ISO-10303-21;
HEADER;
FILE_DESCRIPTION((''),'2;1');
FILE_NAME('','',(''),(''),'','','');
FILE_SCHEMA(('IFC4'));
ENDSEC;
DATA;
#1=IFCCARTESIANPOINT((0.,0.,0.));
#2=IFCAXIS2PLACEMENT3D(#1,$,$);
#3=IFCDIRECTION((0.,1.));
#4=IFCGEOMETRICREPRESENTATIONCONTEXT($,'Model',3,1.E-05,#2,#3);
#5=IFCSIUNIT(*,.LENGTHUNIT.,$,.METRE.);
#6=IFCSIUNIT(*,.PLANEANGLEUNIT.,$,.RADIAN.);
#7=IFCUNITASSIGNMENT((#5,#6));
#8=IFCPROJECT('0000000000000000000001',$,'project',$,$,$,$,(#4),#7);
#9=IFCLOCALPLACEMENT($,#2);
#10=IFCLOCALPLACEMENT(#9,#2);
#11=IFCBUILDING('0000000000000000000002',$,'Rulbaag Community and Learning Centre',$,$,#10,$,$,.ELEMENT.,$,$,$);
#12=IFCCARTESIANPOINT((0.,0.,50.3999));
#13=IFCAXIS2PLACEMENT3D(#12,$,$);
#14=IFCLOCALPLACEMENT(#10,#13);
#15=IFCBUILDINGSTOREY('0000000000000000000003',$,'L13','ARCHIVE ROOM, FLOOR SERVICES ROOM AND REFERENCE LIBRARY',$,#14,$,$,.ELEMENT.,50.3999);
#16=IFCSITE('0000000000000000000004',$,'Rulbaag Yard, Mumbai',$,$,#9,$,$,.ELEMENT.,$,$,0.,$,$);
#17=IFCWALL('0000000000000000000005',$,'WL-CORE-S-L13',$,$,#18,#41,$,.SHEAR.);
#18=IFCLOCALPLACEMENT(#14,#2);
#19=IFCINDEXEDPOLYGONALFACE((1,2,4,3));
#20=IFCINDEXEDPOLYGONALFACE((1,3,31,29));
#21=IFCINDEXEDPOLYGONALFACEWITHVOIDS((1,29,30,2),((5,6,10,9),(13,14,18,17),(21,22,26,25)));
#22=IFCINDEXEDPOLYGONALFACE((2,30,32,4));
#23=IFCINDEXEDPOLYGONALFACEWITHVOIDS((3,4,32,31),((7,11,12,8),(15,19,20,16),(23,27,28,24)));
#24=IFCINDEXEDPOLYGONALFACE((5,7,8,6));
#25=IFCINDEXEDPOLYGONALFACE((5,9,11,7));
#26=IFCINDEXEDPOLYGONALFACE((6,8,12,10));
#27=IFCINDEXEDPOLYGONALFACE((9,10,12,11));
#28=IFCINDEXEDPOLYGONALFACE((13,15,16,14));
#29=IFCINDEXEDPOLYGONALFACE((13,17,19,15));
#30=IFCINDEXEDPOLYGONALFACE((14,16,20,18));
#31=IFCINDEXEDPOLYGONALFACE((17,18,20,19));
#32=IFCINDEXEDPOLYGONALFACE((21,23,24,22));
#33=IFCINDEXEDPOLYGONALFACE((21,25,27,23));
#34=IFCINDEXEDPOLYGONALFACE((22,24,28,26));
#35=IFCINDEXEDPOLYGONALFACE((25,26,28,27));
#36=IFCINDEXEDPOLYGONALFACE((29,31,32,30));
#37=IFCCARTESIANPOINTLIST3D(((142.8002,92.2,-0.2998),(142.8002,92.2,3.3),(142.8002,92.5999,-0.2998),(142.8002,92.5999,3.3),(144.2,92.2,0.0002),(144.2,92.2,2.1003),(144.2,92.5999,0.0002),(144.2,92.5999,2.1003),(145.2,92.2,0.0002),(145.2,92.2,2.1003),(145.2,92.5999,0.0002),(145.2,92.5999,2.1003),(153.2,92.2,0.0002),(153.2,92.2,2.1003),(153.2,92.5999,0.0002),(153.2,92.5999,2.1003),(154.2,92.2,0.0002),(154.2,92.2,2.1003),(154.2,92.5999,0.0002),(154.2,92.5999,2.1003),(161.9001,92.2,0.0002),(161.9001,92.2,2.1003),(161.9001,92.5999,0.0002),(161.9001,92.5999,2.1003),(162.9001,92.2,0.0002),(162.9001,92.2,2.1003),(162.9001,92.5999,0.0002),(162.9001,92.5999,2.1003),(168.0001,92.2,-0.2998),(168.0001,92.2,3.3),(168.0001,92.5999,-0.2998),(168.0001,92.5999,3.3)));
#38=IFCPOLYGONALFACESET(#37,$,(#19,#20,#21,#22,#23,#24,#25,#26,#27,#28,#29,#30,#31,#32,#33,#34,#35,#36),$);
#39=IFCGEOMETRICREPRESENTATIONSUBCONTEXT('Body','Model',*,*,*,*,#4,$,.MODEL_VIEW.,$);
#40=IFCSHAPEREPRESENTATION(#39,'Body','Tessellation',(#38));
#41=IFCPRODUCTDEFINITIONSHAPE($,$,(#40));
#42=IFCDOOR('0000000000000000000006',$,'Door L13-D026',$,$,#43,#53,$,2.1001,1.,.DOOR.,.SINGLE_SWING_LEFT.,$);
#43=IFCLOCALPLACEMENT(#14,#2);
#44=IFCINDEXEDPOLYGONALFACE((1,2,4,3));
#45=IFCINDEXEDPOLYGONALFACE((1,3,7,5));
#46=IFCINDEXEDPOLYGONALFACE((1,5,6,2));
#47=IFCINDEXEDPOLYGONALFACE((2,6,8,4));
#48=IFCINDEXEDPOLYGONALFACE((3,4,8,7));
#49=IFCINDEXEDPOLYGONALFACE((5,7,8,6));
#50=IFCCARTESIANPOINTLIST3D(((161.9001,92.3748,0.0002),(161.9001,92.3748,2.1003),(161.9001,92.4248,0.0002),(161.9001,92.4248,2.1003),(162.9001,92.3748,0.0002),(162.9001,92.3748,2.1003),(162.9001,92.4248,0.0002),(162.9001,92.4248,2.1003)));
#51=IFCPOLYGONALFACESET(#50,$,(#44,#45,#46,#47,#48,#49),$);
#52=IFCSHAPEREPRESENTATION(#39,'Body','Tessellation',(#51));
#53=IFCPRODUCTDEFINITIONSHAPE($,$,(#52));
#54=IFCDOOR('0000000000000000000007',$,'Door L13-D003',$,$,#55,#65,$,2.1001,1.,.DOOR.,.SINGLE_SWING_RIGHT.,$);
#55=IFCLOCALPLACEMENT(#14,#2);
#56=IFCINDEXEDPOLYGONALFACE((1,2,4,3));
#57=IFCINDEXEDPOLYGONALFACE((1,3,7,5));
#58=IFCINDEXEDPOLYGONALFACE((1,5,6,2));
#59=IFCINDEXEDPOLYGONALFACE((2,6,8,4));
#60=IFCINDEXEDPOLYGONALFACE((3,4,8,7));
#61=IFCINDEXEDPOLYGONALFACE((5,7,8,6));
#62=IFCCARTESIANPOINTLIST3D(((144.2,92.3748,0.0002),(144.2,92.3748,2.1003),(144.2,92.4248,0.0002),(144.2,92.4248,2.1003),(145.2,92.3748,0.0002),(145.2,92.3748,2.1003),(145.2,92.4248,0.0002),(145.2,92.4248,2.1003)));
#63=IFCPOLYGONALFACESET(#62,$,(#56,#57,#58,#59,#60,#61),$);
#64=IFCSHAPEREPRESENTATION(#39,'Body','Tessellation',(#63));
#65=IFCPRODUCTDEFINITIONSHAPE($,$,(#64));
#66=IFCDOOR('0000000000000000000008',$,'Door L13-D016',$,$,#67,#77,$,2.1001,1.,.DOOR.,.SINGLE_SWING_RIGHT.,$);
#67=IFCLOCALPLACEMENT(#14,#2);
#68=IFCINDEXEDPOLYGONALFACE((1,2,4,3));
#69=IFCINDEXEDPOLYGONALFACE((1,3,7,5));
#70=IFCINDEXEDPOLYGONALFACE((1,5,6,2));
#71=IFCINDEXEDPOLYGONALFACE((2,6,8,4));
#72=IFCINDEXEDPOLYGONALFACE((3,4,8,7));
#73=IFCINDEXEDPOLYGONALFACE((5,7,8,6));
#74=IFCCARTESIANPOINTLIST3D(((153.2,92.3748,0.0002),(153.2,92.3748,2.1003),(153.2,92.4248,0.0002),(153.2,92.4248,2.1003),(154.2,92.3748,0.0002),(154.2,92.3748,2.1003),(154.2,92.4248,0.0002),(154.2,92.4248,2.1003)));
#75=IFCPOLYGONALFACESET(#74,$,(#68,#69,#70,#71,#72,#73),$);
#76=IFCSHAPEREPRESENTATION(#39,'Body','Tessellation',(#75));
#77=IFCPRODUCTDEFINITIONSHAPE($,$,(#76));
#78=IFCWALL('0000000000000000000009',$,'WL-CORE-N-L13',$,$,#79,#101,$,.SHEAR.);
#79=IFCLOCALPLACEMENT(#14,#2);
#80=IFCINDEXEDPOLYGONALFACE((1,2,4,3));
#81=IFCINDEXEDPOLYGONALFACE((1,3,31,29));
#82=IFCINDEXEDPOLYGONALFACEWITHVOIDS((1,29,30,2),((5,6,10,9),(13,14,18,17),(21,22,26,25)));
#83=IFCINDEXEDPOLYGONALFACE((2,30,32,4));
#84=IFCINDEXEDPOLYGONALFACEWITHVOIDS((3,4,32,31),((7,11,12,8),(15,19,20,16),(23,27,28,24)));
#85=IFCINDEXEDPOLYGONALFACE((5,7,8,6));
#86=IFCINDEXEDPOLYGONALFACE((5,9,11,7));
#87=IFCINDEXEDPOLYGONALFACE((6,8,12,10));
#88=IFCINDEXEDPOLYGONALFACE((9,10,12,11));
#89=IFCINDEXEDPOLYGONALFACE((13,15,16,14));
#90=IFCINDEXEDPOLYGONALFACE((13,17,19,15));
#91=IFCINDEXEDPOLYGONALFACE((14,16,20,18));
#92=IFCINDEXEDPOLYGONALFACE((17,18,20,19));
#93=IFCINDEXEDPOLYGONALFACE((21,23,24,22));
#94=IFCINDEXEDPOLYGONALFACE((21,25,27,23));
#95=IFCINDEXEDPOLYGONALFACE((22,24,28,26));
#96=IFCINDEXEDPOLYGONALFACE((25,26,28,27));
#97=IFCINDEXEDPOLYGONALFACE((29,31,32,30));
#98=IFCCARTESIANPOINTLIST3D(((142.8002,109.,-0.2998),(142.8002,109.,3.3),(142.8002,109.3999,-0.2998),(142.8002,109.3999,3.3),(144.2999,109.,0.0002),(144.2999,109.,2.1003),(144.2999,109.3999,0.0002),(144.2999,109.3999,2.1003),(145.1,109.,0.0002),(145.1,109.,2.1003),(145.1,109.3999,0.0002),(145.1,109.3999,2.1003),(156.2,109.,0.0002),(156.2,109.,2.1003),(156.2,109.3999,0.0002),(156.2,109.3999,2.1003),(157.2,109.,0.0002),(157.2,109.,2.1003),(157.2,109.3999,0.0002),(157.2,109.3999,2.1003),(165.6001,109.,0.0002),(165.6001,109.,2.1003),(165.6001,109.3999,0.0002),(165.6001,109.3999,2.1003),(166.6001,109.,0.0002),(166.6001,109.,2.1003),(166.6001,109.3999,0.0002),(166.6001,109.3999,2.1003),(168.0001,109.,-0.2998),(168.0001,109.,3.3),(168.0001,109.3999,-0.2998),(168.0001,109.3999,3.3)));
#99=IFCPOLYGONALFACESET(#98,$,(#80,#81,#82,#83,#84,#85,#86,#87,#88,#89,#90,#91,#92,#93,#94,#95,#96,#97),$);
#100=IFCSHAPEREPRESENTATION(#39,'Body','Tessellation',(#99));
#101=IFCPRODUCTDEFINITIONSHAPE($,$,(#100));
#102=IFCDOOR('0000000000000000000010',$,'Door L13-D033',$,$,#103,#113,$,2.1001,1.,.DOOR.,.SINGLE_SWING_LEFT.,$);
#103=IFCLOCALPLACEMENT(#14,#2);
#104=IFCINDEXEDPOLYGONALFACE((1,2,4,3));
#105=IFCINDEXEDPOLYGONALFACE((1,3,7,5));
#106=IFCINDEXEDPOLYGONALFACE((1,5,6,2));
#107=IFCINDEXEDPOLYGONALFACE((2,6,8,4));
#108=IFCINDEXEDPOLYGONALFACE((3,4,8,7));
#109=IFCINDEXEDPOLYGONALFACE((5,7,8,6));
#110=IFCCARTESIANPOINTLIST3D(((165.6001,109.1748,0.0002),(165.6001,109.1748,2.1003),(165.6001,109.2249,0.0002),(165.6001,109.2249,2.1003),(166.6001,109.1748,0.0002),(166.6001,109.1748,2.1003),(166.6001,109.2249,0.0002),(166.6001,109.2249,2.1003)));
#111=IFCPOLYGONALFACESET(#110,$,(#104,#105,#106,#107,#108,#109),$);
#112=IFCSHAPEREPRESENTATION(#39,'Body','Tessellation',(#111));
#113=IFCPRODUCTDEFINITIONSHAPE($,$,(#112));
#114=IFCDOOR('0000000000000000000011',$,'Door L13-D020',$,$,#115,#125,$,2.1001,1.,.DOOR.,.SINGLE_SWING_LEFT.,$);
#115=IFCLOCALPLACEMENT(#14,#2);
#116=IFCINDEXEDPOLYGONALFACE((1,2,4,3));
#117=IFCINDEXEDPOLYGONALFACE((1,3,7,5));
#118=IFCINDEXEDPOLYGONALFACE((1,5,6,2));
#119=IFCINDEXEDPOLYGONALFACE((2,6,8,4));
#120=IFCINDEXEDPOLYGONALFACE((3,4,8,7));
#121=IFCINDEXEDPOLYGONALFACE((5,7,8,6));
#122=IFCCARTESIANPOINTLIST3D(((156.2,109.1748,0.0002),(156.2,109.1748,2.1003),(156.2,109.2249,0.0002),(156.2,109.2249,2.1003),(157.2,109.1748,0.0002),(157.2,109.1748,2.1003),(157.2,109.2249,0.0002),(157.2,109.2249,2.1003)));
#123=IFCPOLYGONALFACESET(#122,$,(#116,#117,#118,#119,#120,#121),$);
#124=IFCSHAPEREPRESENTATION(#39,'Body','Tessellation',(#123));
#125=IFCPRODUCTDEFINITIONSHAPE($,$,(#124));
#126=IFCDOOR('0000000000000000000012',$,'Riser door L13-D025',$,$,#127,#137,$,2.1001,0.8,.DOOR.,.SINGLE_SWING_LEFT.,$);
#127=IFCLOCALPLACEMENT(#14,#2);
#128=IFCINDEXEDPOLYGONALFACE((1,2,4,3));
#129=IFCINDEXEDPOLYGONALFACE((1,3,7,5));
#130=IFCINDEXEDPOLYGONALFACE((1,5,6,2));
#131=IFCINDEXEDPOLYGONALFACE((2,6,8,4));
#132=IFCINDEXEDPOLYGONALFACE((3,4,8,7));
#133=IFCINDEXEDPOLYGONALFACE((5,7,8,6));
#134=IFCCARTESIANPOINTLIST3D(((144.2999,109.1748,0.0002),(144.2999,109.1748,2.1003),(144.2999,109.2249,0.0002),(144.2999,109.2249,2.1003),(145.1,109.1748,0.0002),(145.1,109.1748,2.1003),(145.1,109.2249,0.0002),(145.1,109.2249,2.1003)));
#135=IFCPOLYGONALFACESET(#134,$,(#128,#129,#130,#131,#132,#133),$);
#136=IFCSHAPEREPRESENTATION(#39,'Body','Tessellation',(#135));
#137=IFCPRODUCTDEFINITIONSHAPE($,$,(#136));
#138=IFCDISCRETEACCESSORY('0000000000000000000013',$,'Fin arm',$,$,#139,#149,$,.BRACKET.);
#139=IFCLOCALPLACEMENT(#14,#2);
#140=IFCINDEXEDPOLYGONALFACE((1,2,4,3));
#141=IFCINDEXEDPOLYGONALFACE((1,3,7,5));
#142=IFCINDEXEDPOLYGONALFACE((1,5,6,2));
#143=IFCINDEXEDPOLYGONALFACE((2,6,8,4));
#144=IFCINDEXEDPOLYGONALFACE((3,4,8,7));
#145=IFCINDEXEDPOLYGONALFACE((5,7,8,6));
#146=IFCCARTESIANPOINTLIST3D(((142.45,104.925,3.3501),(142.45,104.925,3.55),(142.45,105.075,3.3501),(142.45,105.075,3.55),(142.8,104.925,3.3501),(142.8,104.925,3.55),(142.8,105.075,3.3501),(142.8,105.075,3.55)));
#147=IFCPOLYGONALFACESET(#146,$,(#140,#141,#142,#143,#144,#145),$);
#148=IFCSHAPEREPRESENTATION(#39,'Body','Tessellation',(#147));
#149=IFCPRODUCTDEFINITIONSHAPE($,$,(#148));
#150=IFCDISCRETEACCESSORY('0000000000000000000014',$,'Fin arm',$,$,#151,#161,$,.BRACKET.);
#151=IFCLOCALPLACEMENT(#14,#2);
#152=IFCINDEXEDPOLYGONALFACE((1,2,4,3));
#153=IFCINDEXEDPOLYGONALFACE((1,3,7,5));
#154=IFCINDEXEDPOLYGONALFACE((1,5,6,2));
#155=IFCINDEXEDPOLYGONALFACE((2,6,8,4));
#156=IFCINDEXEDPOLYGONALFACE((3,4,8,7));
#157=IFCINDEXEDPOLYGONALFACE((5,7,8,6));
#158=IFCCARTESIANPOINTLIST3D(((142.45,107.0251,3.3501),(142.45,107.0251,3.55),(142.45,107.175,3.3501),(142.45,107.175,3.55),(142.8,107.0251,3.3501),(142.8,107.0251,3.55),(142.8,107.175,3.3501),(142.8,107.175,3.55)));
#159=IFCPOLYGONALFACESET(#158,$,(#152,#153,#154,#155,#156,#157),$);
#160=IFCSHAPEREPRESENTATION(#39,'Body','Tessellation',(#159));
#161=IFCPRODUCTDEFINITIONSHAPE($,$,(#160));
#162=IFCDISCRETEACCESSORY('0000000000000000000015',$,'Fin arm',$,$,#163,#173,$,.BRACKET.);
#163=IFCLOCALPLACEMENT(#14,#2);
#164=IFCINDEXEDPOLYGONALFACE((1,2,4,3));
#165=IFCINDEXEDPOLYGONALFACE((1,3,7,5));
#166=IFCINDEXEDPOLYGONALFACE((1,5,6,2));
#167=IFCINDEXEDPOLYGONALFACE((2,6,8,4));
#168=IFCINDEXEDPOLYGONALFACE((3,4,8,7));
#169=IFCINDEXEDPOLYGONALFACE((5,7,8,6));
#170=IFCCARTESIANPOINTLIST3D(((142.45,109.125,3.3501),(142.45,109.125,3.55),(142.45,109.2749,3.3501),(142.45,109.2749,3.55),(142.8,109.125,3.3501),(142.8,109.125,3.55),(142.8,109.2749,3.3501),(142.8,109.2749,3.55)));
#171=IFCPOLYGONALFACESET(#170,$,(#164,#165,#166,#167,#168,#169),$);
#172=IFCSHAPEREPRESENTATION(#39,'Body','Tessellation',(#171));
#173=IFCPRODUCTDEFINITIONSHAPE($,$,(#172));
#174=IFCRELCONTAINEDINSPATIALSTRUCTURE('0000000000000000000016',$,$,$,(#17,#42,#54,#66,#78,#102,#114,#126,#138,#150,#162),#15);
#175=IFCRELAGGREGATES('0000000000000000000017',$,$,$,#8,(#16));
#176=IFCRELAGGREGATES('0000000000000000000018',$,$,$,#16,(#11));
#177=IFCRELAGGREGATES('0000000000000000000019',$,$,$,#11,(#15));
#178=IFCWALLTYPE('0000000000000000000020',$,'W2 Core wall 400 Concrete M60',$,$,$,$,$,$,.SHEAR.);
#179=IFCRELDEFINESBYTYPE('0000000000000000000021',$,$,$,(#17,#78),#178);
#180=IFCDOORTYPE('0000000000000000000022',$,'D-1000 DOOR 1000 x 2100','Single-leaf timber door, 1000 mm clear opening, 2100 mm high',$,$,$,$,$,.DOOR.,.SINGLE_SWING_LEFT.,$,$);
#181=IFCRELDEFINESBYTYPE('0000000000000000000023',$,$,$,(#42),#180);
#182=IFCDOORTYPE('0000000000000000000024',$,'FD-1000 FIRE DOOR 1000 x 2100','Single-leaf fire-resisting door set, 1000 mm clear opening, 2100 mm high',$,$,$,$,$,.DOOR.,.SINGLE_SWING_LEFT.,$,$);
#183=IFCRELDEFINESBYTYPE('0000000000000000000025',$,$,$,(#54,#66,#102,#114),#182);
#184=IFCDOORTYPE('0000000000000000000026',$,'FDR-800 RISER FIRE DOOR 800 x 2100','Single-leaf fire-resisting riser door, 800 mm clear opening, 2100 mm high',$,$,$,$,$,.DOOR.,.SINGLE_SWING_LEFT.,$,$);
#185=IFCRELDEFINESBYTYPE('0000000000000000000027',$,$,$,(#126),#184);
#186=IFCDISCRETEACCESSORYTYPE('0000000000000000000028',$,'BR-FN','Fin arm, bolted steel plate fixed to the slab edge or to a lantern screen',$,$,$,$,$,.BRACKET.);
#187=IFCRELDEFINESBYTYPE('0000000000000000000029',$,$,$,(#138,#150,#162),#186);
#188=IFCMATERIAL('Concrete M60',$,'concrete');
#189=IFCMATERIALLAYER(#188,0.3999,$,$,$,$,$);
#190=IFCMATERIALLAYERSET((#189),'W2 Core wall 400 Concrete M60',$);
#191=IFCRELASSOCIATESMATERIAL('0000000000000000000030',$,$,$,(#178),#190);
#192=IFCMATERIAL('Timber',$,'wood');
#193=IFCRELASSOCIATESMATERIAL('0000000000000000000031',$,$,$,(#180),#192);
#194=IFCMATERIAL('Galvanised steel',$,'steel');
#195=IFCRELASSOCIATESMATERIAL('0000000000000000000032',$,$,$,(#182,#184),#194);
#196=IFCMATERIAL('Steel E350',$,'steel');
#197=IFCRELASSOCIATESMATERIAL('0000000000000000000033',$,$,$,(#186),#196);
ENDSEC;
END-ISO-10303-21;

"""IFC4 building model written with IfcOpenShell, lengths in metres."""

from ifc_helpers import new_model, si_unit, direction, frame, frame_2d, origin, origin_2d, place, context, subcontext, project, spatial, rectangle, extrude, material, layer, layer_set, type_object, element, fill, save


model = new_model("IFC4")

# Units and contexts
model_context = context("Model", 3, precision=1e-05, world=origin(), true_north=direction((0.0, 1.0)))
body_context = subcontext(model_context, "Body", "Model", "MODEL_VIEW")
ifc_project = project(units=[si_unit("LENGTHUNIT", "METRE"), si_unit("PLANEANGLEUNIT", "RADIAN")], contexts=[model_context])

# Site, building, storey
site_placement = place(None, origin())
site = spatial("IfcSite", under=ifc_project, at=site_placement, Name="Rulbaag Yard, Mumbai", CompositionType="ELEMENT", RefElevation=0.0)
building_placement = place(site_placement, origin())
building = spatial("IfcBuilding", under=site, at=building_placement, Name="Rulbaag Community and Learning Centre", CompositionType="ELEMENT")
storey_placement = place(building_placement, frame((0.0, 0.0, 50.3999)))
storey = spatial("IfcBuildingStorey", under=building, at=storey_placement, Name="L13", Description="ARCHIVE ROOM, FLOOR SERVICES ROOM AND REFERENCE LIBRARY", CompositionType="ELEMENT", Elevation=50.3999)

# Walls, openings, doors
ifc_material_1 = material(Name="Concrete M60", Category="concrete")
ifc_layer_1 = layer(ifc_material_1, 0.3999)
ifc_layer_set_1 = layer_set([ifc_layer_1], Name="W2 Core wall 400 Concrete M60")
wall_type_1 = type_object("IfcWallType", Name="W2 Core wall 400 Concrete M60", PredefinedType="SHEAR", material=ifc_layer_set_1)
wall_1_placement = place(storey_placement, frame((142.8, 92.3999, -0.2998), z_axis=(0.0, 0.0, 1.0), x_axis=(1.0, 0.0, 0.0)))
wall_1 = element("IfcWall", 1, at=wall_1_placement, inside=storey, type_object=wall_type_1, Name="WL-CORE-S-L13", PredefinedType="SHEAR", context=body_context, shape_type="SweptSolid", body=[
    extrude(rectangle(XDim=25.2, YDim=0.3999, at=frame_2d((12.6001, 0.0))), origin(), (0.0, 0.0, 1.0), 3.5999),
])
opening_1_placement = place(wall_1_placement, frame((1.3999, 0.0, 0.3)))
opening_1 = element("IfcOpeningElement", 2, at=opening_1_placement, cuts=wall_1, PredefinedType="OPENING", context=body_context, shape_type="SweptSolid", body=[
    extrude(rectangle(XDim=1.0, YDim=2.1001, at=frame_2d((0.5, 1.05))), frame((0.0, 0.21, 0.0), z_axis=(0.0, -1.0, 0.0), x_axis=(1.0, 0.0, 0.0)), (0.0, 0.0, 1.0), 0.4199),
])
opening_2_placement = place(wall_1_placement, frame((19.1001, 0.0, 0.3)))
opening_2 = element("IfcOpeningElement", 3, at=opening_2_placement, cuts=wall_1, PredefinedType="OPENING", context=body_context, shape_type="SweptSolid", body=[
    extrude(rectangle(XDim=1.0, YDim=2.1001, at=frame_2d((0.5, 1.05))), frame((0.0, 0.21, 0.0), z_axis=(0.0, -1.0, 0.0), x_axis=(1.0, 0.0, 0.0)), (0.0, 0.0, 1.0), 0.4199),
])
opening_3_placement = place(wall_1_placement, frame((10.3999, 0.0, 0.3)))
opening_3 = element("IfcOpeningElement", 4, at=opening_3_placement, cuts=wall_1, PredefinedType="OPENING", context=body_context, shape_type="SweptSolid", body=[
    extrude(rectangle(XDim=1.0, YDim=2.1001, at=frame_2d((0.5, 1.05))), frame((0.0, 0.21, 0.0), z_axis=(0.0, -1.0, 0.0), x_axis=(1.0, 0.0, 0.0)), (0.0, 0.0, 1.0), 0.4199),
])
ifc_material_2 = material(Name="Timber", Category="wood")
door_type_1 = type_object("IfcDoorType", Name="D-1000 DOOR 1000 x 2100", Description="Single-leaf timber door, 1000 mm clear opening, 2100 mm high", OperationType="SINGLE_SWING_LEFT", PredefinedType="DOOR", material=ifc_material_2)
door_1_placement = place(opening_2_placement, origin())
door_1 = element("IfcDoor", 5, at=door_1_placement, inside=storey, type_object=door_type_1, Name="Door L13-D026", OperationType="SINGLE_SWING_LEFT", OverallHeight=2.1001, OverallWidth=1.0, PredefinedType="DOOR", context=body_context, shape_type="SweptSolid", body=[
    extrude(rectangle(XDim=1.0, YDim=2.1001, at=frame_2d((0.5, 1.05))), frame((0.0, 0.0249, 0.0), z_axis=(0.0, -1.0, 0.0), x_axis=(1.0, 0.0, 0.0)), (0.0, 0.0, 1.0), 0.05),
])
fill(opening_2, door_1)
ifc_material_3 = material(Name="Galvanised steel", Category="steel")
door_type_2 = type_object("IfcDoorType", Name="FD-1000 FIRE DOOR 1000 x 2100", Description="Single-leaf fire-resisting door set, 1000 mm clear opening, 2100 mm high", OperationType="SINGLE_SWING_LEFT", PredefinedType="DOOR", material=ifc_material_3)
door_2_placement = place(opening_1_placement, origin())
door_2 = element("IfcDoor", 6, at=door_2_placement, inside=storey, type_object=door_type_2, Name="Door L13-D003", OperationType="SINGLE_SWING_RIGHT", OverallHeight=2.1001, OverallWidth=1.0, PredefinedType="DOOR", context=body_context, shape_type="SweptSolid", body=[
    extrude(rectangle(XDim=1.0, YDim=2.1001, at=frame_2d((0.5, 1.05))), frame((0.0, 0.0249, 0.0), z_axis=(0.0, -1.0, 0.0), x_axis=(1.0, 0.0, 0.0)), (0.0, 0.0, 1.0), 0.05),
])
fill(opening_1, door_2)
door_3_placement = place(opening_3_placement, origin())
door_3 = element("IfcDoor", 7, at=door_3_placement, inside=storey, type_object=door_type_2, Name="Door L13-D016", OperationType="SINGLE_SWING_RIGHT", OverallHeight=2.1001, OverallWidth=1.0, PredefinedType="DOOR", context=body_context, shape_type="SweptSolid", body=[
    extrude(rectangle(XDim=1.0, YDim=2.1001, at=frame_2d((0.5, 1.05))), frame((0.0, 0.0249, 0.0), z_axis=(0.0, -1.0, 0.0), x_axis=(1.0, 0.0, 0.0)), (0.0, 0.0, 1.0), 0.05),
])
fill(opening_3, door_3)
wall_2_placement = place(storey_placement, frame((142.8, 109.2, -0.2998), z_axis=(0.0, 0.0, 1.0), x_axis=(1.0, 0.0, 0.0)))
wall_2 = element("IfcWall", 8, at=wall_2_placement, inside=storey, type_object=wall_type_1, Name="WL-CORE-N-L13", PredefinedType="SHEAR", context=body_context, shape_type="SweptSolid", body=[
    extrude(rectangle(XDim=25.2, YDim=0.3999, at=frame_2d((12.6001, 0.0))), origin(), (0.0, 0.0, 1.0), 3.5999),
])
opening_4_placement = place(wall_2_placement, frame((22.8, 0.0, 0.3)))
opening_4 = element("IfcOpeningElement", 9, at=opening_4_placement, cuts=wall_2, PredefinedType="OPENING", context=body_context, shape_type="SweptSolid", body=[
    extrude(rectangle(XDim=1.0, YDim=2.1001, at=frame_2d((0.5, 1.05))), frame((0.0, 0.21, 0.0), z_axis=(0.0, -1.0, 0.0), x_axis=(1.0, 0.0, 0.0)), (0.0, 0.0, 1.0), 0.4199),
])
opening_5_placement = place(wall_2_placement, frame((1.5, 0.0, 0.3)))
opening_5 = element("IfcOpeningElement", 10, at=opening_5_placement, cuts=wall_2, PredefinedType="OPENING", context=body_context, shape_type="SweptSolid", body=[
    extrude(rectangle(XDim=0.8, YDim=2.1001, at=frame_2d((0.3999, 1.05))), frame((0.0, 0.21, 0.0), z_axis=(0.0, -1.0, 0.0), x_axis=(1.0, 0.0, 0.0)), (0.0, 0.0, 1.0), 0.4199),
])
opening_6_placement = place(wall_2_placement, frame((13.3999, 0.0, 0.3)))
opening_6 = element("IfcOpeningElement", 11, at=opening_6_placement, cuts=wall_2, PredefinedType="OPENING", context=body_context, shape_type="SweptSolid", body=[
    extrude(rectangle(XDim=1.0, YDim=2.1001, at=frame_2d((0.5, 1.05))), frame((0.0, 0.21, 0.0), z_axis=(0.0, -1.0, 0.0), x_axis=(1.0, 0.0, 0.0)), (0.0, 0.0, 1.0), 0.4199),
])
door_4_placement = place(opening_4_placement, origin())
door_4 = element("IfcDoor", 12, at=door_4_placement, inside=storey, type_object=door_type_2, Name="Door L13-D033", OperationType="SINGLE_SWING_LEFT", OverallHeight=2.1001, OverallWidth=1.0, PredefinedType="DOOR", context=body_context, shape_type="SweptSolid", body=[
    extrude(rectangle(XDim=1.0, YDim=2.1001, at=frame_2d((0.5, 1.05))), frame((0.0, 0.0249, 0.0), z_axis=(0.0, -1.0, 0.0), x_axis=(1.0, 0.0, 0.0)), (0.0, 0.0, 1.0), 0.05),
])
fill(opening_4, door_4)
door_5_placement = place(opening_6_placement, origin())
door_5 = element("IfcDoor", 13, at=door_5_placement, inside=storey, type_object=door_type_2, Name="Door L13-D020", OperationType="SINGLE_SWING_LEFT", OverallHeight=2.1001, OverallWidth=1.0, PredefinedType="DOOR", context=body_context, shape_type="SweptSolid", body=[
    extrude(rectangle(XDim=1.0, YDim=2.1001, at=frame_2d((0.5, 1.05))), frame((0.0, 0.0249, 0.0), z_axis=(0.0, -1.0, 0.0), x_axis=(1.0, 0.0, 0.0)), (0.0, 0.0, 1.0), 0.05),
])
fill(opening_6, door_5)
door_type_3 = type_object("IfcDoorType", Name="FDR-800 RISER FIRE DOOR 800 x 2100", Description="Single-leaf fire-resisting riser door, 800 mm clear opening, 2100 mm high", OperationType="SINGLE_SWING_LEFT", PredefinedType="DOOR", material=ifc_material_3)
door_6_placement = place(opening_5_placement, origin())
door_6 = element("IfcDoor", 14, at=door_6_placement, inside=storey, type_object=door_type_3, Name="Riser door L13-D025", OperationType="SINGLE_SWING_LEFT", OverallHeight=2.1001, OverallWidth=0.8, PredefinedType="DOOR", context=body_context, shape_type="SweptSolid", body=[
    extrude(rectangle(XDim=0.8, YDim=2.1001, at=frame_2d((0.3999, 1.05))), frame((0.0, 0.0249, 0.0), z_axis=(0.0, -1.0, 0.0), x_axis=(1.0, 0.0, 0.0)), (0.0, 0.0, 1.0), 0.05),
])
fill(opening_5, door_6)

# Discrete accessories
ifc_material_4 = material(Name="Steel E350", Category="steel")
discrete_accessory_type = type_object("IfcDiscreteAccessoryType", Name="BR-FN", Description="Fin arm, bolted steel plate fixed to the slab edge or to a lantern screen", PredefinedType="BRACKET", material=ifc_material_4)
for number, where, z_axis, x_axis, name in (
    (15, (142.625, 105.0, 3.3501), (0.0, 0.0, 1.0), (1.0, 0.0, 0.0), "Fin arm"),
    (16, (142.625, 107.1001, 3.3501), (0.0, 0.0, 1.0), (1.0, 0.0, 0.0), "Fin arm"),
    (17, (142.625, 109.2, 3.3501), (0.0, 0.0, 1.0), (1.0, 0.0, 0.0), "Fin arm"),
):
    element("IfcDiscreteAccessory", number, at=place(storey_placement, frame(where, z_axis=z_axis, x_axis=x_axis)), inside=storey, type_object=discrete_accessory_type, Name=name, PredefinedType="BRACKET", context=body_context, shape_type="SweptSolid", body=[
        extrude(rectangle(XDim=0.3501, YDim=0.1499, at=origin_2d()), origin(), (0.0, 0.0, 1.0), 0.2),
    ])

save(model, "model.ifc")
